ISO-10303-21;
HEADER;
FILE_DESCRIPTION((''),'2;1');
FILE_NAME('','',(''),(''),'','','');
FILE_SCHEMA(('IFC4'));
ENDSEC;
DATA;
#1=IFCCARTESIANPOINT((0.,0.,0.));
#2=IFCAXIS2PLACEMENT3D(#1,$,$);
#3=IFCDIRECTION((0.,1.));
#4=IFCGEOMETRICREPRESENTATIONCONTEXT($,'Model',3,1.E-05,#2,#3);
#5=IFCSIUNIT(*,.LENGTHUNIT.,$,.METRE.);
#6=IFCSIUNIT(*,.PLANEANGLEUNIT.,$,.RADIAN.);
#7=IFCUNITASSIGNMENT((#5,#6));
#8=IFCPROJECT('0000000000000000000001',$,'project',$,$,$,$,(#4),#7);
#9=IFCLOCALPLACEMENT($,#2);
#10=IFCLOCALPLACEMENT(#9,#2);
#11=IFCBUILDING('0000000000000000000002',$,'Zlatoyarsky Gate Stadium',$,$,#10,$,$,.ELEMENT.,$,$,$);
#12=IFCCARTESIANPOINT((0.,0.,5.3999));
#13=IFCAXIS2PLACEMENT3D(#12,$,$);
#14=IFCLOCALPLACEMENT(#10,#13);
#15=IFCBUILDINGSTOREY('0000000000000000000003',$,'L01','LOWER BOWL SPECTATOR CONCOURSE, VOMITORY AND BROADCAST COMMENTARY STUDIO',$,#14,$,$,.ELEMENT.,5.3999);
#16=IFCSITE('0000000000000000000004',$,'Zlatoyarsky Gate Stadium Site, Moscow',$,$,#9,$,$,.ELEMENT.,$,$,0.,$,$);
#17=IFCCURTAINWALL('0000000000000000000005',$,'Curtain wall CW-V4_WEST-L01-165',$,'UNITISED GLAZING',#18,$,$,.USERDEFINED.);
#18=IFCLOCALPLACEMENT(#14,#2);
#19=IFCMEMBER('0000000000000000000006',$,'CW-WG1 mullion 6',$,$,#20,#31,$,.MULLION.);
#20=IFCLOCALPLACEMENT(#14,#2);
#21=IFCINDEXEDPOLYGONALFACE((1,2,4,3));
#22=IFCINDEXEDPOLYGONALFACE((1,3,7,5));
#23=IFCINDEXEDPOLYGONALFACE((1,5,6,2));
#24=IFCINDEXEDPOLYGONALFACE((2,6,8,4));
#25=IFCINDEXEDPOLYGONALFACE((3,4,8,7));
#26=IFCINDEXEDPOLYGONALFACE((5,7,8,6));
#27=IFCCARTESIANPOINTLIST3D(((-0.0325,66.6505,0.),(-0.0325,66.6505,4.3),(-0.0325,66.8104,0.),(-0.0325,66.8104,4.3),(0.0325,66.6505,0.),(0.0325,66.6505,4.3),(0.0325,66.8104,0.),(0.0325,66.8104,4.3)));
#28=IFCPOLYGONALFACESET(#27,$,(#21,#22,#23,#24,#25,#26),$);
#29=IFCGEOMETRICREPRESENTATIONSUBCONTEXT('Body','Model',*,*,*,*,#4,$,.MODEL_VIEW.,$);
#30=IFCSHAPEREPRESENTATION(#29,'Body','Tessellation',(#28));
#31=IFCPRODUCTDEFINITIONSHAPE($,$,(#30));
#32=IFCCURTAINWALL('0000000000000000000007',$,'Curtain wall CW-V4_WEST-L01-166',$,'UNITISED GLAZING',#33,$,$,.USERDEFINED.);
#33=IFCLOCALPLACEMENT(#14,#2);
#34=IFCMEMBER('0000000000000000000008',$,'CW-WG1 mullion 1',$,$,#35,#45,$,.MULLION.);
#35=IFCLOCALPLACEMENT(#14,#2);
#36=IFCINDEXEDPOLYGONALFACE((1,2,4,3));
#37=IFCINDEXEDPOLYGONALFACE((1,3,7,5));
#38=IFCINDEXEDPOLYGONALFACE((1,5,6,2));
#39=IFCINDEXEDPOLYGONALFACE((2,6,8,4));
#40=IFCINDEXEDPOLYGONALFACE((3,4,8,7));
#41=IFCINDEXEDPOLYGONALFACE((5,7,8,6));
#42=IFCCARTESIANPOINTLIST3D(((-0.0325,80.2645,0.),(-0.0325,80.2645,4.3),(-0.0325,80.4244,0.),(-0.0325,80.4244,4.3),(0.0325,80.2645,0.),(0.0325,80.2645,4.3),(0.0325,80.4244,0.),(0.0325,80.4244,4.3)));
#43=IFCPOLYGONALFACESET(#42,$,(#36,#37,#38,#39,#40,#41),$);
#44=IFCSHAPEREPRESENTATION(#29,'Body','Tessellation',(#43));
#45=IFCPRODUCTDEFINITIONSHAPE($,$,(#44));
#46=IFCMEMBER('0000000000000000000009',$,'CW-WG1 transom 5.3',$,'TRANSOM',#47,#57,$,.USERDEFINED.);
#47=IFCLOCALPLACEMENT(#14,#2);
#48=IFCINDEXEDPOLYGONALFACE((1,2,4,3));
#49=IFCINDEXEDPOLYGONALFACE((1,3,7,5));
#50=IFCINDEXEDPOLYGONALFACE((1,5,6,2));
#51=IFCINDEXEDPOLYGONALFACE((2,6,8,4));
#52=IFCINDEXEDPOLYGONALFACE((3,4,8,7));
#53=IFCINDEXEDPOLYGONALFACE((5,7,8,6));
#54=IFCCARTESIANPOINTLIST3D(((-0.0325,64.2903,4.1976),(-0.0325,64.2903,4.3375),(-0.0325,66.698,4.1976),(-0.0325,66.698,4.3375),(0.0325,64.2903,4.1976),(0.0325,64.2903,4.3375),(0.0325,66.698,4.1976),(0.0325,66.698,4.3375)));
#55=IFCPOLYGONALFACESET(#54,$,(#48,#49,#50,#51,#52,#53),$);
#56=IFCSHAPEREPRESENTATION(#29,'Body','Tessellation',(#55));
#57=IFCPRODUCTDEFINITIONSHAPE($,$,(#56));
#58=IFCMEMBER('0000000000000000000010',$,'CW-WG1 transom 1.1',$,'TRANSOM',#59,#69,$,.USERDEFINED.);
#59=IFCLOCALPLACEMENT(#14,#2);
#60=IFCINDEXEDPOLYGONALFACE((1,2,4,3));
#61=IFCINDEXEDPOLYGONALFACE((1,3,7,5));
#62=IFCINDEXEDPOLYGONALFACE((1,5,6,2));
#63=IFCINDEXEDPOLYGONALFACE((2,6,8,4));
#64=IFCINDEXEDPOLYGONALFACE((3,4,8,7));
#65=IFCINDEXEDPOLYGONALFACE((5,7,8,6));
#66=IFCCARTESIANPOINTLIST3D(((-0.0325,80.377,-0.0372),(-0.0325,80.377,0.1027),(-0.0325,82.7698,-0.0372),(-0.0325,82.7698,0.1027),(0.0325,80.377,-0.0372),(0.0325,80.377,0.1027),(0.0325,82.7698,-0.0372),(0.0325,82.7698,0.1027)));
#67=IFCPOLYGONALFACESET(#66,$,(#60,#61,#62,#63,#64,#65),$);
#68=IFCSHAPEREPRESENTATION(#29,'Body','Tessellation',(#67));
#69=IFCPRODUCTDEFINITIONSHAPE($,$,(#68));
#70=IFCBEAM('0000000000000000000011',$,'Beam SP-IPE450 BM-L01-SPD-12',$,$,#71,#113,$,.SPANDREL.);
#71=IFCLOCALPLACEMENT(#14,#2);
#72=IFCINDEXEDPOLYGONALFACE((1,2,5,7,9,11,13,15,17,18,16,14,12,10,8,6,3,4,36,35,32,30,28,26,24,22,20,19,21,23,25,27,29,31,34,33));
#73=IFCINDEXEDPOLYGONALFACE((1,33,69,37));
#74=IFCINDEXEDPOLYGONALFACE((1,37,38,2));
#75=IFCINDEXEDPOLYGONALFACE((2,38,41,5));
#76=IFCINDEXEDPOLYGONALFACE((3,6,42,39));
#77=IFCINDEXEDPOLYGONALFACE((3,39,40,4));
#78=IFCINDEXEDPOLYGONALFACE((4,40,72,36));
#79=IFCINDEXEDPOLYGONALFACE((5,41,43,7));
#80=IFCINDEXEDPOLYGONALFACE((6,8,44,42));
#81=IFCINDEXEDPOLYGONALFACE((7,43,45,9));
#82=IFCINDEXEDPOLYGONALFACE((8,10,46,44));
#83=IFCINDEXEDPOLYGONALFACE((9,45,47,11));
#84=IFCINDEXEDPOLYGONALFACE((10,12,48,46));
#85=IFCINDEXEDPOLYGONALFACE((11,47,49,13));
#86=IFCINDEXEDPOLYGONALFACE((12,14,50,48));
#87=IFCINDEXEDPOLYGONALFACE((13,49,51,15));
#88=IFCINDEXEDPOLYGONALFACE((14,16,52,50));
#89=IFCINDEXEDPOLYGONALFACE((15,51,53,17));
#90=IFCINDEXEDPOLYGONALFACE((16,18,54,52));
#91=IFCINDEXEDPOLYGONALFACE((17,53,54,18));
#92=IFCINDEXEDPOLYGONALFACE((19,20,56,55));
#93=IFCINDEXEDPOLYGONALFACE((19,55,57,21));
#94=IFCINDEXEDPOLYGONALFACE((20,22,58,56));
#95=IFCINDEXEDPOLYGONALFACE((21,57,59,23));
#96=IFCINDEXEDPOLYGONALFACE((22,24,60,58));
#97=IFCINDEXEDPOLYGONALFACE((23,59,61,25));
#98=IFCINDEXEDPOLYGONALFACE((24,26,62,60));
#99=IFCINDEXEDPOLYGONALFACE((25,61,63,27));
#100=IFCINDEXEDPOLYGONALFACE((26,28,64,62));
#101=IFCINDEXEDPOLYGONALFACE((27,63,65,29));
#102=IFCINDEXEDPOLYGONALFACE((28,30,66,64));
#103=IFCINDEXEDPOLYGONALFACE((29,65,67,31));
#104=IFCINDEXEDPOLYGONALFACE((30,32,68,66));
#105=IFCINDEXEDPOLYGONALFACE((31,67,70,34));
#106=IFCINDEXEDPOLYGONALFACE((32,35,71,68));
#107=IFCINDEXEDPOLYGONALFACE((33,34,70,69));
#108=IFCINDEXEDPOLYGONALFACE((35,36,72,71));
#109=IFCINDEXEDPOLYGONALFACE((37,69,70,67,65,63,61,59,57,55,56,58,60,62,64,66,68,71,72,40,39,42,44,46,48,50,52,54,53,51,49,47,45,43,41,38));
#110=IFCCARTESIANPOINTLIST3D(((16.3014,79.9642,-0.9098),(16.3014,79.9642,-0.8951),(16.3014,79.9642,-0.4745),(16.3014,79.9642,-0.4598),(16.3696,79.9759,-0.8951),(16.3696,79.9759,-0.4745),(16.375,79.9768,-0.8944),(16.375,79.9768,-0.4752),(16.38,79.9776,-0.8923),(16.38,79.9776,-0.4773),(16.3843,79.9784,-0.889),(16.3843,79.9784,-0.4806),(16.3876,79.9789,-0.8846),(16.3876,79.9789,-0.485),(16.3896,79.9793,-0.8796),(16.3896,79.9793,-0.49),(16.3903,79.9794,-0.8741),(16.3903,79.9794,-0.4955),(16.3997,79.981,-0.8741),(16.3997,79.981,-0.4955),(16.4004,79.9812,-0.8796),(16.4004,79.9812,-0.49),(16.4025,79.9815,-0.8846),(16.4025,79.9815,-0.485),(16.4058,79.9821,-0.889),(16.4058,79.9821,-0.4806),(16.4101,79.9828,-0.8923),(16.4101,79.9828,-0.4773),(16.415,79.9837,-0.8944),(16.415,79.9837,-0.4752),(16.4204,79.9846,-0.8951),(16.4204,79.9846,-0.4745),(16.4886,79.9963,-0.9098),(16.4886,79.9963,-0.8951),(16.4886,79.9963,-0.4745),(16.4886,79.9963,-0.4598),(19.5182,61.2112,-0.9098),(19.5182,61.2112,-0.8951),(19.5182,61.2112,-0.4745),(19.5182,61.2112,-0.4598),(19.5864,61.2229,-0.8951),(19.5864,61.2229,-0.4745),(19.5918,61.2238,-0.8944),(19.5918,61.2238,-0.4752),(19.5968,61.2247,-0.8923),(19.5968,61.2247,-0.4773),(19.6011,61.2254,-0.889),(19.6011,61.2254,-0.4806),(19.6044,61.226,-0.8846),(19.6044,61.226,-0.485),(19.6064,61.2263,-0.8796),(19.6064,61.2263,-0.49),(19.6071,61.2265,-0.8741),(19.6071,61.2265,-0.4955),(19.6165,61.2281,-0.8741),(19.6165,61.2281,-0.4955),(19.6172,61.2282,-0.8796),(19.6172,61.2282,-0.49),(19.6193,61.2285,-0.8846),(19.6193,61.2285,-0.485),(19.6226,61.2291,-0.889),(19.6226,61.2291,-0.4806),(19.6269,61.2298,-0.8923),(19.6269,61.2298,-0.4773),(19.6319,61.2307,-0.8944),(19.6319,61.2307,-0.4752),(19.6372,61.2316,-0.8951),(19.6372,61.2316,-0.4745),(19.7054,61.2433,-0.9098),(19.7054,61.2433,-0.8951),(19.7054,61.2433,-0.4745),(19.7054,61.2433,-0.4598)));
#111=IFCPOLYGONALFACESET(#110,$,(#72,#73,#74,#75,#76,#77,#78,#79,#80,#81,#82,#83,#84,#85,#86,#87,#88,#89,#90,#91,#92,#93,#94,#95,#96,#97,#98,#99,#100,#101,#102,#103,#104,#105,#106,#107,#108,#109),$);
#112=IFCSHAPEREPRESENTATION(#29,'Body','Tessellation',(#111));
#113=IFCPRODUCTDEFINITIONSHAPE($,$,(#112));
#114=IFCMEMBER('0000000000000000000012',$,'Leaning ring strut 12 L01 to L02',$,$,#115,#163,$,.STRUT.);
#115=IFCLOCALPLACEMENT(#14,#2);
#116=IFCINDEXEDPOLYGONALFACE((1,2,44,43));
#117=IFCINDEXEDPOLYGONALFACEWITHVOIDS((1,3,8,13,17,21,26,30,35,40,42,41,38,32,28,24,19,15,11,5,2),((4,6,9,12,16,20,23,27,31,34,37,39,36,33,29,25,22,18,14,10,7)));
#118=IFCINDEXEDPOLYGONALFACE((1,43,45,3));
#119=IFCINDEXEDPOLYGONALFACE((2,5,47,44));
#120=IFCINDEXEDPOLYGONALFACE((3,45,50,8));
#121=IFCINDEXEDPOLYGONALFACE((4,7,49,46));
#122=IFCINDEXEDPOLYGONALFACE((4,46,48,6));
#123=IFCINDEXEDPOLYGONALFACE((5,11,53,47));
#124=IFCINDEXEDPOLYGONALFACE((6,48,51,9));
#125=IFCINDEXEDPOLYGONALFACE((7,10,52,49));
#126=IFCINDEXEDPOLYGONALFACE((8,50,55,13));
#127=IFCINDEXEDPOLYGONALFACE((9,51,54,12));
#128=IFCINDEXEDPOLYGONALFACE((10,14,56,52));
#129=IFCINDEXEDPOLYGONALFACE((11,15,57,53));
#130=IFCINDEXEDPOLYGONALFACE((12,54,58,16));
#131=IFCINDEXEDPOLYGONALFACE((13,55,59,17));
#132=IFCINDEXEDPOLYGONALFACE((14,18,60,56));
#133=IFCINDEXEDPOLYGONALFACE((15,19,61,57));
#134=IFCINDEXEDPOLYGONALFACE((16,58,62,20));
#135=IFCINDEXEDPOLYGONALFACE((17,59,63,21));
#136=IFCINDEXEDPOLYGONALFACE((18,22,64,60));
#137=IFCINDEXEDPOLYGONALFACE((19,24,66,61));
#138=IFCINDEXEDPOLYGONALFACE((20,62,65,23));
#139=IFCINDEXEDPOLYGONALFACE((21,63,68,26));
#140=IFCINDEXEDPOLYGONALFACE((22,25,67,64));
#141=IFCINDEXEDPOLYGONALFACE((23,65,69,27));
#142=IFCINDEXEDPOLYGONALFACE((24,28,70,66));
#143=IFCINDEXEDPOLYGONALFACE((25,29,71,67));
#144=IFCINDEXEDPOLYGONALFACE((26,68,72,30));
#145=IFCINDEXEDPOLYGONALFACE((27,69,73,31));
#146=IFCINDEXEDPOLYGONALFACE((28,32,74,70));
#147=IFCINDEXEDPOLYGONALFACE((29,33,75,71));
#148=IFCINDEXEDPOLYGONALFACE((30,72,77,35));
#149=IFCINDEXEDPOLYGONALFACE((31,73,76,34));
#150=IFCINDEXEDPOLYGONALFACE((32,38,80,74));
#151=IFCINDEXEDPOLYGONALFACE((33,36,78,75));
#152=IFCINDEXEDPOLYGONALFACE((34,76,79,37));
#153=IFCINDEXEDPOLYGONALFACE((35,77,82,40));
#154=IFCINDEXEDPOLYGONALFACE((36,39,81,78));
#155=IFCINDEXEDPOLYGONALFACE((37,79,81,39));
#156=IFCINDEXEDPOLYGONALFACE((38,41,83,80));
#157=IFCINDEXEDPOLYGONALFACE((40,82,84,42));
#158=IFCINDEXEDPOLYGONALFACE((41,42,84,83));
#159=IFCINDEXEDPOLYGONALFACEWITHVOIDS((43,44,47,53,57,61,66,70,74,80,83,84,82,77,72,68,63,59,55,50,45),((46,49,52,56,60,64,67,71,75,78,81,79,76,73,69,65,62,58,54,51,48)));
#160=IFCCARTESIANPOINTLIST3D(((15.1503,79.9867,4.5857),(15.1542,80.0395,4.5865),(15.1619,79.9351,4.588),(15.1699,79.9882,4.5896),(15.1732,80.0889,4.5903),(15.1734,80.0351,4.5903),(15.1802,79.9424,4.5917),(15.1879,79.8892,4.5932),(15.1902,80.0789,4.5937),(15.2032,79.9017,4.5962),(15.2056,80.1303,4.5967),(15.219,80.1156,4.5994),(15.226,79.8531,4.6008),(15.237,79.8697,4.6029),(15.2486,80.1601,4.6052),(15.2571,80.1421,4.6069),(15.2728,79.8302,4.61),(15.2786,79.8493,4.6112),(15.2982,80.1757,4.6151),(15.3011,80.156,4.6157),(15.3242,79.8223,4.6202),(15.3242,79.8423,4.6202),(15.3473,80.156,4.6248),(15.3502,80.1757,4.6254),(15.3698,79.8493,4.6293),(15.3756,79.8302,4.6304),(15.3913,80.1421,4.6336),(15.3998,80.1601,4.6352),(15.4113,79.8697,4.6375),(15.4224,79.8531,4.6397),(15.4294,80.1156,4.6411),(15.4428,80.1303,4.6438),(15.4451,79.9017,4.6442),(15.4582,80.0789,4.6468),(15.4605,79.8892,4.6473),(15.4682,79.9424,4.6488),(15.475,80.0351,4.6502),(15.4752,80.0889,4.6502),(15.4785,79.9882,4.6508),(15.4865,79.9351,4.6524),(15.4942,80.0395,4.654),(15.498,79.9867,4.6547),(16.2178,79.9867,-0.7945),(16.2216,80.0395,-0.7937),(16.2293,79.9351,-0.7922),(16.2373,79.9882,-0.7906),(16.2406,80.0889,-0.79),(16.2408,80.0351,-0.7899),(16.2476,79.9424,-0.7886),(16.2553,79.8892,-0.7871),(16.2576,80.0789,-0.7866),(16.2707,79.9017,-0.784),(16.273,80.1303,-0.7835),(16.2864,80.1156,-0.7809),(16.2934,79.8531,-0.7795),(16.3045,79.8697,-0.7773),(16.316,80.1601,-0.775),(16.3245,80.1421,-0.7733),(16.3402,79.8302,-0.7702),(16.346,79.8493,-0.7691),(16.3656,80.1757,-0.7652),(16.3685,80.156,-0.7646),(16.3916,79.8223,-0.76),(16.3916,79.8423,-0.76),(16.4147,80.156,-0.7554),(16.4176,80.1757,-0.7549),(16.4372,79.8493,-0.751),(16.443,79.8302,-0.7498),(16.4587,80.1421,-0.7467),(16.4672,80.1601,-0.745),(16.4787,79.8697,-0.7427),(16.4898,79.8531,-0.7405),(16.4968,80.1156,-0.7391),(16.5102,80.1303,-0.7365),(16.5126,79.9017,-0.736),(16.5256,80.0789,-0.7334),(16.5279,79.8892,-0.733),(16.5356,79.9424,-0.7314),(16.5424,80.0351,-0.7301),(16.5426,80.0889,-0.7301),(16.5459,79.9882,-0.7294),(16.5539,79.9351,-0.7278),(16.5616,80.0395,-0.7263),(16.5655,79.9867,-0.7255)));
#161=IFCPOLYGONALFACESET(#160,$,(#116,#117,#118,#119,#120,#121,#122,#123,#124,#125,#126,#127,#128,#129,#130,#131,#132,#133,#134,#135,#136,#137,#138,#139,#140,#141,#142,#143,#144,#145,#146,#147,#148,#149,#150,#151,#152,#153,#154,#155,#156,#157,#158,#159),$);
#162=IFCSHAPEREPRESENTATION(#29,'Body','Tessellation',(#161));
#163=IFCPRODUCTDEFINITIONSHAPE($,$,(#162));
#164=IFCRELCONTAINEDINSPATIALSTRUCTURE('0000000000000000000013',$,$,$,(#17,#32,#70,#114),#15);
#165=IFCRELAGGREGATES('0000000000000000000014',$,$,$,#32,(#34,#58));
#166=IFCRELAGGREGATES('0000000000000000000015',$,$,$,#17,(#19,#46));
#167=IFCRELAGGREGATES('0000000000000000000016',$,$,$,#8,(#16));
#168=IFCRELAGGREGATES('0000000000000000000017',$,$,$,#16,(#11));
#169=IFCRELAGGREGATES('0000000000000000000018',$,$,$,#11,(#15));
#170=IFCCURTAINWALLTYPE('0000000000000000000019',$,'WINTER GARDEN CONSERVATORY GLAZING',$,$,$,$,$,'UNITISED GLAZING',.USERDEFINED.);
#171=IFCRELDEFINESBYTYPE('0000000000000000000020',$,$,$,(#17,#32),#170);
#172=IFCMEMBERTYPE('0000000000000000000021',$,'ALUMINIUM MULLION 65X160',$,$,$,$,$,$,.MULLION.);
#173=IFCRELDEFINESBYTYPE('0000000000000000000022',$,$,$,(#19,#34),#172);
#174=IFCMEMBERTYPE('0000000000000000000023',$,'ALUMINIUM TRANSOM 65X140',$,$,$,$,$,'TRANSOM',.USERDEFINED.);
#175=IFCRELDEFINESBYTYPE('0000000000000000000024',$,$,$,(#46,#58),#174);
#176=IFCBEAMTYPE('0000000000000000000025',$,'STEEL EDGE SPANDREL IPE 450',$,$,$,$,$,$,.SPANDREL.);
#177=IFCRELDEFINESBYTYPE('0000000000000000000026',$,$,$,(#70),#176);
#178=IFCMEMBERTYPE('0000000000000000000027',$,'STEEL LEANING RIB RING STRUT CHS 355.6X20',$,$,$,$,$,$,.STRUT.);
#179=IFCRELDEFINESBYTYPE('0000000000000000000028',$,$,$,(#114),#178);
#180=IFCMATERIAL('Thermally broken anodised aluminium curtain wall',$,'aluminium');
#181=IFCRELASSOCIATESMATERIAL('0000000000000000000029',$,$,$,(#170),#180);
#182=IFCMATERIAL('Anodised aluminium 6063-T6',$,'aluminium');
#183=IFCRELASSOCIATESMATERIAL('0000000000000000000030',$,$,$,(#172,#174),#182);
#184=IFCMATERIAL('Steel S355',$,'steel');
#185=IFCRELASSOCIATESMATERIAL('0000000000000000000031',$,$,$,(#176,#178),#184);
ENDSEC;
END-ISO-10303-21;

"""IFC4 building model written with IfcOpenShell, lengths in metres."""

from ifc_helpers import new_model, si_unit, direction, frame, origin, origin_2d, place, context, subcontext, project, spatial, rectangle, hollow_circle, i_section, extrude, material, material_profile, profile_set, type_object, element, aggregate, save


model = new_model("IFC4")

# Units and contexts
model_context = context("Model", 3, precision=1e-05, world=origin(), true_north=direction((0.0, 1.0)))
body_context = subcontext(model_context, "Body", "Model", "MODEL_VIEW")
ifc_project = project(units=[si_unit("LENGTHUNIT", "METRE"), si_unit("PLANEANGLEUNIT", "RADIAN")], contexts=[model_context])

# Site, building, storey
site_placement = place(None, origin())
site = spatial("IfcSite", under=ifc_project, at=site_placement, Name="Zlatoyarsky Gate Stadium Site, Moscow", CompositionType="ELEMENT", RefElevation=0.0)
building_placement = place(site_placement, origin())
building = spatial("IfcBuilding", under=site, at=building_placement, Name="Zlatoyarsky Gate Stadium", CompositionType="ELEMENT")
storey_placement = place(building_placement, frame((0.0, 0.0, 5.3999)))
storey = spatial("IfcBuildingStorey", under=building, at=storey_placement, Name="L01", Description="LOWER BOWL SPECTATOR CONCOURSE, VOMITORY AND BROADCAST COMMENTARY STUDIO", CompositionType="ELEMENT", Elevation=5.3999)

# Shared definitions
ifc_material_1 = material(Name="Steel S355", Category="steel")

# Shared definitions
ifc_material_2 = material(Name="Thermally broken anodised aluminium curtain wall", Category="aluminium")
ifc_material_3 = material(Name="Anodised aluminium 6063-T6", Category="aluminium")

# Curtain walls, members
curtain_wall_type_1 = type_object("IfcCurtainWallType", Name="WINTER GARDEN CONSERVATORY GLAZING", ElementType="UNITISED GLAZING", PredefinedType="USERDEFINED", material=ifc_material_2)
curtain_wall_1_placement = place(storey_placement, origin())
curtain_wall_1 = element("IfcCurtainWall", 1, at=curtain_wall_1_placement, inside=storey, type_object=curtain_wall_type_1, Name="Curtain wall CW-V4_WEST-L01-165", ObjectType="UNITISED GLAZING", PredefinedType="USERDEFINED")
ifc_material_profile_1 = material_profile(ifc_material_3, rectangle(XDim=0.0649, YDim=0.1599, at=origin_2d()), Name="ALU 65X160")
ifc_profile_set_1 = profile_set([ifc_material_profile_1], Name="Anodised aluminium 6063-T6")
member_type_1 = type_object("IfcMemberType", Name="ALUMINIUM MULLION 65X160", PredefinedType="MULLION", material=ifc_profile_set_1)
member_1_placement = place(storey_placement, frame((0.0, 66.7305, 0.0), z_axis=(0.0, 0.0, 1.0), x_axis=(-1.0, 0.0, 0.0)))
member_1 = element("IfcMember", 2, at=member_1_placement, type_object=member_type_1, Name="CW-WG1 mullion 6", PredefinedType="MULLION", context=body_context, shape_type="SweptSolid", body=[
    extrude(rectangle(XDim=0.0649, YDim=0.1599, at=origin_2d()), origin(), (0.0, 0.0, 1.0), 4.3),
])
curtain_wall_2_placement = place(storey_placement, origin())
curtain_wall_2 = element("IfcCurtainWall", 3, at=curtain_wall_2_placement, inside=storey, type_object=curtain_wall_type_1, Name="Curtain wall CW-V4_WEST-L01-166", ObjectType="UNITISED GLAZING", PredefinedType="USERDEFINED")
member_2_placement = place(storey_placement, frame((0.0, 80.3445, 0.0), z_axis=(0.0, 0.0, 1.0), x_axis=(-1.0, 0.0, 0.0)))
member_2 = element("IfcMember", 4, at=member_2_placement, type_object=member_type_1, Name="CW-WG1 mullion 1", PredefinedType="MULLION", context=body_context, shape_type="SweptSolid", body=[
    extrude(rectangle(XDim=0.0649, YDim=0.1599, at=origin_2d()), origin(), (0.0, 0.0, 1.0), 4.3),
])

# Members
ifc_material_profile_2 = material_profile(ifc_material_3, rectangle(XDim=0.0649, YDim=0.1399, at=origin_2d()), Name="ALU 65X140")
ifc_profile_set_2 = profile_set([ifc_material_profile_2], Name="Anodised aluminium 6063-T6")
member_type_2 = type_object("IfcMemberType", Name="ALUMINIUM TRANSOM 65X140", ElementType="TRANSOM", PredefinedType="USERDEFINED", material=ifc_profile_set_2)
member_3_placement = place(storey_placement, frame((0.0, 64.2903, 4.2676), z_axis=(0.0, 1.0, 0.0), x_axis=(-1.0, 0.0, 0.0)))
member_3 = element("IfcMember", 5, at=member_3_placement, type_object=member_type_2, Name="CW-WG1 transom 5.3", ObjectType="TRANSOM", PredefinedType="USERDEFINED", context=body_context, shape_type="SweptSolid", body=[
    extrude(rectangle(XDim=0.0649, YDim=0.1399, at=origin_2d()), origin(), (0.0, 0.0, 1.0), 2.4077),
])
member_4_placement = place(storey_placement, frame((0.0, 80.377, 0.0327), z_axis=(0.0, 1.0, 0.0), x_axis=(-1.0, 0.0, 0.0)))
member_4 = element("IfcMember", 6, at=member_4_placement, type_object=member_type_2, Name="CW-WG1 transom 1.1", ObjectType="TRANSOM", PredefinedType="USERDEFINED", context=body_context, shape_type="SweptSolid", body=[
    extrude(rectangle(XDim=0.0649, YDim=0.1399, at=origin_2d()), origin(), (0.0, 0.0, 1.0), 2.3928),
])
aggregate(curtain_wall_2, [member_2, member_4])

# Beam
ifc_material_profile_3 = material_profile(ifc_material_1, i_section(OverallWidth=0.1899, OverallDepth=0.45, WebThickness=0.0095, FlangeThickness=0.0146, FilletRadius=0.021, at=origin_2d()), Name="IPE 450")
ifc_profile_set_3 = profile_set([ifc_material_profile_3], Name="Steel S355")
beam_type_1 = type_object("IfcBeamType", Name="STEEL EDGE SPANDREL IPE 450", PredefinedType="SPANDREL", material=ifc_profile_set_3)
beam_1_placement = place(storey_placement, frame((16.395, 79.9802, -0.6848), z_axis=(0.169066, -0.985605, 0.0), x_axis=(0.985605, 0.169066, 0.0)))
element("IfcBeam", 7, at=beam_1_placement, inside=storey, type_object=beam_type_1, Name="Beam SP-IPE450 BM-L01-SPD-12", PredefinedType="SPANDREL", context=body_context, shape_type="SweptSolid", body=[
    extrude(i_section(OverallWidth=0.1899, OverallDepth=0.45, WebThickness=0.0095, FlangeThickness=0.0146, FilletRadius=0.021, at=origin_2d()), origin(), (0.0, 0.0, 1.0), 19.0269),
])

# Member
ifc_material_profile_4 = material_profile(ifc_material_1, hollow_circle(Radius=0.1777, WallThickness=0.02, at=origin_2d()), Name="CHS 355.6X20")
ifc_profile_set_4 = profile_set([ifc_material_profile_4], Name="Steel S355")
member_type_3 = type_object("IfcMemberType", Name="STEEL LEANING RIB RING STRUT CHS 355.6X20", PredefinedType="STRUT", material=ifc_profile_set_4)
member_5_placement = place(storey_placement, frame((16.3916, 80.0, -0.76), z_axis=(-0.194601, 0.0, 0.980883), x_axis=(0.0, -1.0, 0.0)))
element("IfcMember", 8, at=member_5_placement, inside=storey, type_object=member_type_3, Name="Leaning ring strut 12 L01 to L02", PredefinedType="STRUT", context=body_context, shape_type="SweptSolid", body=[
    extrude(hollow_circle(Radius=0.1777, WallThickness=0.02, at=origin_2d()), origin(), (0.0, 0.0, 1.0), 5.4851),
])

aggregate(curtain_wall_1, [member_1, member_3])

save(model, "model.ifc")
